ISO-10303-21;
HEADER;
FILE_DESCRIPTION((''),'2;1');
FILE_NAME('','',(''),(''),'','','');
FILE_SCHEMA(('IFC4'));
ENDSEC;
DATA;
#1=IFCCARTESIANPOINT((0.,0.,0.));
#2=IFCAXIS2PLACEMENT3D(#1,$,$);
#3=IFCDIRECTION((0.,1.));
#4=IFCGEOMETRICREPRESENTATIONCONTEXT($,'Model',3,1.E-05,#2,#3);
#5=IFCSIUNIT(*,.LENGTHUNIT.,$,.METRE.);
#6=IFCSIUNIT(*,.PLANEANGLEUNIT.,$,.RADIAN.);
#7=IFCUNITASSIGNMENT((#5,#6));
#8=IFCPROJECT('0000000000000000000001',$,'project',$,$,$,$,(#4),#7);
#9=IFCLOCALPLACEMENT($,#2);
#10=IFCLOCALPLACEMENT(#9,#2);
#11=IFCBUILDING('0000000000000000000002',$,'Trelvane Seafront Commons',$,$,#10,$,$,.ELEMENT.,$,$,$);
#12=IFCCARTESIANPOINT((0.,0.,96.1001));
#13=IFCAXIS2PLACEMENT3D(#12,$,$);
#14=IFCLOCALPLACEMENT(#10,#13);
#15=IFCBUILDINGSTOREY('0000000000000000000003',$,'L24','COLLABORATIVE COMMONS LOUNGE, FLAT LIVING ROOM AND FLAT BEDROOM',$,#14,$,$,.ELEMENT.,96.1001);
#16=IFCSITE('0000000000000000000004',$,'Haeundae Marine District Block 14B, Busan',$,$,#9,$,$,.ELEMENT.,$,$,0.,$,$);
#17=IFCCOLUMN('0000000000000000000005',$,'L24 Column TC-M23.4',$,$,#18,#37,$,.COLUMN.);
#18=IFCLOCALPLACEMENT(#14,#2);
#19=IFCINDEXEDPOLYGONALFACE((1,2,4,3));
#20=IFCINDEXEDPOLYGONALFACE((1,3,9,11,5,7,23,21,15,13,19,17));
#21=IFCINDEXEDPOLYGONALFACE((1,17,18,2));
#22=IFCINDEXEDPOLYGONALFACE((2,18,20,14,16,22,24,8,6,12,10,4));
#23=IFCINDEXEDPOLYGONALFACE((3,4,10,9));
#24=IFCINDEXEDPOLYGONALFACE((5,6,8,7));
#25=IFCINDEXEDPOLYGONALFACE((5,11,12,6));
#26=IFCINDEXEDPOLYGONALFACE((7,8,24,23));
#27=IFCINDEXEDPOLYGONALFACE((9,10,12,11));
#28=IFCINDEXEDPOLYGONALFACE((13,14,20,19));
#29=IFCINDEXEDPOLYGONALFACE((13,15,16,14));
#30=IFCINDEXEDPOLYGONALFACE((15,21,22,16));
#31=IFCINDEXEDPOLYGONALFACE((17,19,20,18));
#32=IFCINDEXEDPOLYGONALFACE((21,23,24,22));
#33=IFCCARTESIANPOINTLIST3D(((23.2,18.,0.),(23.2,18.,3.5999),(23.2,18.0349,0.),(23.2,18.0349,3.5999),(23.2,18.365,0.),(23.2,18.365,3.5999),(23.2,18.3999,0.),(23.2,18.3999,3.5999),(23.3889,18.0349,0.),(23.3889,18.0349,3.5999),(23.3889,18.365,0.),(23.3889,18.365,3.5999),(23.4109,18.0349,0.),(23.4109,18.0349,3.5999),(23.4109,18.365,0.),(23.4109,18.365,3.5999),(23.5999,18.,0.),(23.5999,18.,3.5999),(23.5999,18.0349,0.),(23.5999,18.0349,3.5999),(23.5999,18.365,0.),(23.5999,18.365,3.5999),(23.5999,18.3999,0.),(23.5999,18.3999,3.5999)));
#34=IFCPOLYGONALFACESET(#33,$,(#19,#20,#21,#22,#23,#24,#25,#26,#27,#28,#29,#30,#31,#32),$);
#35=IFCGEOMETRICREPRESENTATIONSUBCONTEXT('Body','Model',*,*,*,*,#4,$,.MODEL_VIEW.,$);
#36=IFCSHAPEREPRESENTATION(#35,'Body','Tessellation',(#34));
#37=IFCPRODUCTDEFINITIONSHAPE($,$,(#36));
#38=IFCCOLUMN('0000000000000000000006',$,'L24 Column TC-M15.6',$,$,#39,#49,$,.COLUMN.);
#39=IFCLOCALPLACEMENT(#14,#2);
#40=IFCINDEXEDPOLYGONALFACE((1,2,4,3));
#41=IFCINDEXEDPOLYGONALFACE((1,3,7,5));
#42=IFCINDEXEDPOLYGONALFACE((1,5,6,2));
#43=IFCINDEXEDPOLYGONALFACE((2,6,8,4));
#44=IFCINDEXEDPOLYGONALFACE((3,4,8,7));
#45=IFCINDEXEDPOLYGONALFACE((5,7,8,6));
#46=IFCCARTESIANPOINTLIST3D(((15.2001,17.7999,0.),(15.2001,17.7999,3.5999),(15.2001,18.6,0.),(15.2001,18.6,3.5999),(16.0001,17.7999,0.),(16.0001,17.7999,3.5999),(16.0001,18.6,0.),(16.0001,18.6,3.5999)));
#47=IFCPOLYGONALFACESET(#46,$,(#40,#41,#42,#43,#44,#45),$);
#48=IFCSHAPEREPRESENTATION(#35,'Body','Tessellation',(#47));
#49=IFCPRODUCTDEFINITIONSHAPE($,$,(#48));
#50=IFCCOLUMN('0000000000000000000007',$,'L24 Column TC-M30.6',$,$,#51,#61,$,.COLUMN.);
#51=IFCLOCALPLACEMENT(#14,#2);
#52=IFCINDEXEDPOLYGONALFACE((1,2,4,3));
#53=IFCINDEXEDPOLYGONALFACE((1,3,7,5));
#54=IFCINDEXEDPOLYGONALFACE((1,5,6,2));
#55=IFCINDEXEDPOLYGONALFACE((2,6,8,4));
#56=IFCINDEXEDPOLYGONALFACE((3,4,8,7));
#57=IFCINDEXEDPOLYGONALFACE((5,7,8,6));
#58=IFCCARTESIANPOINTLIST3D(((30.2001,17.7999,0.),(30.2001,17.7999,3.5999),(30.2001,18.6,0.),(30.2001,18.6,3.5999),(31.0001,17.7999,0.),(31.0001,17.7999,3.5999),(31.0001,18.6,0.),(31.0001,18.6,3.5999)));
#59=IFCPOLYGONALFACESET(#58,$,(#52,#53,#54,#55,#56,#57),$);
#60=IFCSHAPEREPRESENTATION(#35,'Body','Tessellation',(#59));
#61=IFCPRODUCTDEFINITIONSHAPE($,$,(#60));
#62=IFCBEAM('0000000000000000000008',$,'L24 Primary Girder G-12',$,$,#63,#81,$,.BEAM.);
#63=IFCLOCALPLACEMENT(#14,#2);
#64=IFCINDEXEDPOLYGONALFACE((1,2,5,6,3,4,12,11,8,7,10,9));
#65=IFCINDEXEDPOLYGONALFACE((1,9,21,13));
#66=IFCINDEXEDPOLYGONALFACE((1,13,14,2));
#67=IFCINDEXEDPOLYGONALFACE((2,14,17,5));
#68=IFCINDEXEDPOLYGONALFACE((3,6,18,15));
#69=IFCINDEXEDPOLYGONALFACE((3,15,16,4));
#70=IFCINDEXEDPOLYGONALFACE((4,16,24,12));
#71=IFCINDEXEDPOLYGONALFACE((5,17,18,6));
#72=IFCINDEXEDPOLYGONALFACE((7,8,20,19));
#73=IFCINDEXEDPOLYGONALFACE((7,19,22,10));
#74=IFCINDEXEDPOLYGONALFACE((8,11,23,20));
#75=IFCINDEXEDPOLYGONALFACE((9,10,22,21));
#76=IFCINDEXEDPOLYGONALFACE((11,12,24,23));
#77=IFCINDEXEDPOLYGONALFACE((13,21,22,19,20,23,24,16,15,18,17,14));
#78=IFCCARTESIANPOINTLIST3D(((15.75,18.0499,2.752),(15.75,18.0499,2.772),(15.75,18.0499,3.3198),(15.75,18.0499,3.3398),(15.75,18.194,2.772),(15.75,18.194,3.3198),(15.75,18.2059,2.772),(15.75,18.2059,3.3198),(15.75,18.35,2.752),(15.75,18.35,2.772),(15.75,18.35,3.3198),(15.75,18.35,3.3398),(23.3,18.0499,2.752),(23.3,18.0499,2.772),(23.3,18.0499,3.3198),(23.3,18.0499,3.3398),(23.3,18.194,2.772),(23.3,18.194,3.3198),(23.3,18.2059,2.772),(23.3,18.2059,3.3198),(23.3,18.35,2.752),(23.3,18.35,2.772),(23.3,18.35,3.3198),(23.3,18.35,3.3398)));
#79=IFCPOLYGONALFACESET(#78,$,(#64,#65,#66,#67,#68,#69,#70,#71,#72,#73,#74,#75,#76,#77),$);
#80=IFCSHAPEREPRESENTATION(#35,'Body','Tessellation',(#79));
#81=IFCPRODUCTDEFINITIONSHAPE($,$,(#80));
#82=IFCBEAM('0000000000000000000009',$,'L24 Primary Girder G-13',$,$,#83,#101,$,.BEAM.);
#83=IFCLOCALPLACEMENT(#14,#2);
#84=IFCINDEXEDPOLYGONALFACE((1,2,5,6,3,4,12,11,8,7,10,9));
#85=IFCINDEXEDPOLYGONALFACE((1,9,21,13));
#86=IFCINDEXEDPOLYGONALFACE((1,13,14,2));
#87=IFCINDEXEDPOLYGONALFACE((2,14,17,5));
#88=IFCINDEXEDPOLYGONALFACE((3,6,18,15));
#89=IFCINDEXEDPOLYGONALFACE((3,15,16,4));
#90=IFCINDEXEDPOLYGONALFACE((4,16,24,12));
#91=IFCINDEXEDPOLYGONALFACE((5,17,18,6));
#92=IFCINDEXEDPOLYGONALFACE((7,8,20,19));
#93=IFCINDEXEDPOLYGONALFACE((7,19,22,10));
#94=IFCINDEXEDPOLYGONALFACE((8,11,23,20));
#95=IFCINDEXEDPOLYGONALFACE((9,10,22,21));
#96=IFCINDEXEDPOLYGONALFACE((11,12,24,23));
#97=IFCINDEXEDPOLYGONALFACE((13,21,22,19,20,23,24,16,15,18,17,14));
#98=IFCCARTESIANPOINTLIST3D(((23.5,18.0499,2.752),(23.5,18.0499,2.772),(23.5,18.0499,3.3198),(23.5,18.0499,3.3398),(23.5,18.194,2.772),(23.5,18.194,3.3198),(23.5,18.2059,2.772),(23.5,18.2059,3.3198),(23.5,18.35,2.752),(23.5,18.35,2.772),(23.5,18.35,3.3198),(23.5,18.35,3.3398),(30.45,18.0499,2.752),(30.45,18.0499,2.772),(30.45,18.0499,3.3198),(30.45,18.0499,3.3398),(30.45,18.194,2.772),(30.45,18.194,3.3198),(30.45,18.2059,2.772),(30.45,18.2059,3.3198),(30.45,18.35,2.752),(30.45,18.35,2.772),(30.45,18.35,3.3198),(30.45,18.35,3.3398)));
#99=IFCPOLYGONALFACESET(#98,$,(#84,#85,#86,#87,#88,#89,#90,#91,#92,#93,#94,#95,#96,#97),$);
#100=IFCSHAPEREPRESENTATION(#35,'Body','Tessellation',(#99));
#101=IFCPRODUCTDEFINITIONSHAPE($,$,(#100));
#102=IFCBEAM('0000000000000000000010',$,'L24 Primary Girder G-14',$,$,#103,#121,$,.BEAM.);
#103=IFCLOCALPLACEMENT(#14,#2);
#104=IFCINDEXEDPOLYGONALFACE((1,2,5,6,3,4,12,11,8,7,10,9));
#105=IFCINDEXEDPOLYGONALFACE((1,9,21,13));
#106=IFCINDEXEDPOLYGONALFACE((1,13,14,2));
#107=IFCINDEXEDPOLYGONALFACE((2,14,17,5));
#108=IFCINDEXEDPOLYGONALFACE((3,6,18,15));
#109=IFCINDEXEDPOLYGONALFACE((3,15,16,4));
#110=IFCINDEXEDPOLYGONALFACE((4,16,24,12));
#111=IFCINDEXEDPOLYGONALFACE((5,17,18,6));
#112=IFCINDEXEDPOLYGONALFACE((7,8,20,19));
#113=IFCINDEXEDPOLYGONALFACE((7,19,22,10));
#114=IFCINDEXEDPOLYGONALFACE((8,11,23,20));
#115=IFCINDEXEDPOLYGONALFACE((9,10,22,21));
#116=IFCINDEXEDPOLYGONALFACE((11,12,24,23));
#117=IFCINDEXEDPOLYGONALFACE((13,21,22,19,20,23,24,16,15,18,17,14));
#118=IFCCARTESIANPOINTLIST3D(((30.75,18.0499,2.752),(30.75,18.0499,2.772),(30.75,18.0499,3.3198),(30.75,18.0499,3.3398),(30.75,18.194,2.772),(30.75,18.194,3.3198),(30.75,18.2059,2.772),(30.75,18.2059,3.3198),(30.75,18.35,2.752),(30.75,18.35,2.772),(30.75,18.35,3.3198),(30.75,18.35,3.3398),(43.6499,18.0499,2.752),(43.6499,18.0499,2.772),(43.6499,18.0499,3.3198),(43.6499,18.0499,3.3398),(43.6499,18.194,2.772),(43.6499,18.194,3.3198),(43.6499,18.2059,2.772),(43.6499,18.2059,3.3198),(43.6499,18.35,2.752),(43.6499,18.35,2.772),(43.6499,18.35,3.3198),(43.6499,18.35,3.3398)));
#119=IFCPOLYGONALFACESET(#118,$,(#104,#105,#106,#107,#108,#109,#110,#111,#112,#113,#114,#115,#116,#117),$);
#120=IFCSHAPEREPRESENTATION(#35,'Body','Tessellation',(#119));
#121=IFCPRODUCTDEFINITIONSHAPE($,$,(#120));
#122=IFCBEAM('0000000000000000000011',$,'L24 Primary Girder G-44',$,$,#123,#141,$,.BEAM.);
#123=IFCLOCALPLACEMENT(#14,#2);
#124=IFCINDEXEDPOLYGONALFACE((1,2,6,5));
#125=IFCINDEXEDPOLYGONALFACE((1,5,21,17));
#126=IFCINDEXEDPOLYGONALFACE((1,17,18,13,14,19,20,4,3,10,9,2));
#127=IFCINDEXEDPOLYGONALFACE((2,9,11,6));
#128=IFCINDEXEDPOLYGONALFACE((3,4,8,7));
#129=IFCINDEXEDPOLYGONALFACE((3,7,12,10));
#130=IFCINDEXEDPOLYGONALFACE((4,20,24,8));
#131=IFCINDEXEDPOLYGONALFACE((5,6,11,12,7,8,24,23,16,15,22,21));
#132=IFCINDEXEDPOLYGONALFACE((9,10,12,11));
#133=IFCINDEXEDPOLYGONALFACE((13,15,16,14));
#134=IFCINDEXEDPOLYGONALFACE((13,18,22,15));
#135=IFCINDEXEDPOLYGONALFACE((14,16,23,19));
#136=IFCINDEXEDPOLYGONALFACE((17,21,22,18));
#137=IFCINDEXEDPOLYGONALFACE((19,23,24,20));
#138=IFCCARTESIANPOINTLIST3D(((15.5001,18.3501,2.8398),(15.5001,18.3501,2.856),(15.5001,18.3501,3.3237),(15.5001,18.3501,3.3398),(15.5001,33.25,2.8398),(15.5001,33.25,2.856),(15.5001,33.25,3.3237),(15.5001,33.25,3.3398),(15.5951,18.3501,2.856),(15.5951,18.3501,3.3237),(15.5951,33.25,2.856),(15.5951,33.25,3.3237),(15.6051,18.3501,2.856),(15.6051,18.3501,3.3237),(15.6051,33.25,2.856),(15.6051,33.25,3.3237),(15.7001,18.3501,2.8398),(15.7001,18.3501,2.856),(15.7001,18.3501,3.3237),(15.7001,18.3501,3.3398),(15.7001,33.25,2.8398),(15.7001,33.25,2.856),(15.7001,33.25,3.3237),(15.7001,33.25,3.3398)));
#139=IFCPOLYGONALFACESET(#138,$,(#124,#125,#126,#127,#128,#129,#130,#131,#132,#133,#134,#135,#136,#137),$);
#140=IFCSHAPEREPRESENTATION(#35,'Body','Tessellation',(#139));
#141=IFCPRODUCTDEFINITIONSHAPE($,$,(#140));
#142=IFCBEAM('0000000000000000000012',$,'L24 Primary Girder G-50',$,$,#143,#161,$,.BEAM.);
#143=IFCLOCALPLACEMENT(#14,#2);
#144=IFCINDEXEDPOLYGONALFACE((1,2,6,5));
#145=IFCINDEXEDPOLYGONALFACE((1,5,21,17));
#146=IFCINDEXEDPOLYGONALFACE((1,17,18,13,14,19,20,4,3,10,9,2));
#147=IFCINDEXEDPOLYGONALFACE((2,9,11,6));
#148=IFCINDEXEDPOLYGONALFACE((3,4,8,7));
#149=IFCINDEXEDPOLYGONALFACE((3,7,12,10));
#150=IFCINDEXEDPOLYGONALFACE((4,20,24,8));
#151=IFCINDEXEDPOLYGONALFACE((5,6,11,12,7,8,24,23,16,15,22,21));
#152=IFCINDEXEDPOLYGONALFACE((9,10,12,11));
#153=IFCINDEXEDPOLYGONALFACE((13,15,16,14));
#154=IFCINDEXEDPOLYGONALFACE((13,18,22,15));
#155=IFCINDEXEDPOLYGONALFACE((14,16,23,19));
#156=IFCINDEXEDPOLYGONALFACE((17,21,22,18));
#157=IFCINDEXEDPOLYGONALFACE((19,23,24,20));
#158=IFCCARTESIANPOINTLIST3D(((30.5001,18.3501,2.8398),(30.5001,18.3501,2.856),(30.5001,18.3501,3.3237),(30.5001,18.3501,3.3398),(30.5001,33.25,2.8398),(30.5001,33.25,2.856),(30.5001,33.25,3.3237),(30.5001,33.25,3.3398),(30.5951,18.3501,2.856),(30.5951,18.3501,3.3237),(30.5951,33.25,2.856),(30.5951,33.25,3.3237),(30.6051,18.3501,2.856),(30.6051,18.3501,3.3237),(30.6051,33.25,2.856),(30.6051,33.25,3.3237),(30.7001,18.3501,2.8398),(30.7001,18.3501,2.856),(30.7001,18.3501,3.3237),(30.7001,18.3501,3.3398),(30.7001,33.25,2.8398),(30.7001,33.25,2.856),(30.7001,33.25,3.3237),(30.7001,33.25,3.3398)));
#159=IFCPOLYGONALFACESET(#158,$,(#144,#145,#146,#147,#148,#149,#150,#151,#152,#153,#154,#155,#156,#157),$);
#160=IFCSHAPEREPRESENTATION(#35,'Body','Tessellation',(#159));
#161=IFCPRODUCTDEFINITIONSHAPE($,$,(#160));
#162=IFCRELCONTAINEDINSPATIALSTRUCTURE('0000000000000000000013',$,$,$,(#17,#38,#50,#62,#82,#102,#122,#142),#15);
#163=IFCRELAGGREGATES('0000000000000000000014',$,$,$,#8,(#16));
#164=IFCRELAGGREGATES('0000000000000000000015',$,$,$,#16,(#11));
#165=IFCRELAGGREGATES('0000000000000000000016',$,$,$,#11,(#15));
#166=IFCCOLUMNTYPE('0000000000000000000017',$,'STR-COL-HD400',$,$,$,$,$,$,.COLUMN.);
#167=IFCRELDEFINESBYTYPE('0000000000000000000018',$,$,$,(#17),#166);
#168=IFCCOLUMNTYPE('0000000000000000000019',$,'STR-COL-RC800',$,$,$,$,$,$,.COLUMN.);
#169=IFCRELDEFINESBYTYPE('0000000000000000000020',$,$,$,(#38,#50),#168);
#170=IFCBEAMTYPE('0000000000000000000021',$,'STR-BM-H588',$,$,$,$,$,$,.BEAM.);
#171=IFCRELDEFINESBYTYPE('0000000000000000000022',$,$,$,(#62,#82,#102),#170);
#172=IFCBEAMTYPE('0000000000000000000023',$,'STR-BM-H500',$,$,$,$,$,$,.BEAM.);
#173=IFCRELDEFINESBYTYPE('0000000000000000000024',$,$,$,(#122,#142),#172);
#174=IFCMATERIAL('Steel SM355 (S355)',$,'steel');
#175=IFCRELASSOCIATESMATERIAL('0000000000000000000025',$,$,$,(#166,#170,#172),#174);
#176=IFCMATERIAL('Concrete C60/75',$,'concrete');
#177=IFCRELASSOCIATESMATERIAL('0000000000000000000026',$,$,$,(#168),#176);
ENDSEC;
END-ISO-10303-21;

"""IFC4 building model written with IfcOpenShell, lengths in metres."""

from ifc_helpers import new_model, si_unit, direction, frame, origin, origin_2d, place, context, subcontext, project, spatial, rectangle, i_section, extrude, source, transform, mapped, material, material_profile, profile_set, type_object, element, save


model = new_model("IFC4")

# Units and contexts
model_context = context("Model", 3, precision=1e-05, world=origin(), true_north=direction((0.0, 1.0)))
body_context = subcontext(model_context, "Body", "Model", "MODEL_VIEW")
ifc_project = project(units=[si_unit("LENGTHUNIT", "METRE"), si_unit("PLANEANGLEUNIT", "RADIAN")], contexts=[model_context])

# Site, building, storey
site_placement = place(None, origin())
site = spatial("IfcSite", under=ifc_project, at=site_placement, Name="Haeundae Marine District Block 14B, Busan", CompositionType="ELEMENT", RefElevation=0.0)
building_placement = place(site_placement, origin())
building = spatial("IfcBuilding", under=site, at=building_placement, Name="Trelvane Seafront Commons", CompositionType="ELEMENT")
storey_placement = place(building_placement, frame((0.0, 0.0, 96.1001)))
storey = spatial("IfcBuildingStorey", under=building, at=storey_placement, Name="L24", Description="COLLABORATIVE COMMONS LOUNGE, FLAT LIVING ROOM AND FLAT BEDROOM", CompositionType="ELEMENT", Elevation=96.1001)

# Columns
ifc_material_1 = material(Name="Steel SM355 (S355)", Category="steel")
ifc_material_profile_1 = material_profile(ifc_material_1, i_section(OverallWidth=0.3999, OverallDepth=0.3999, WebThickness=0.022, FlangeThickness=0.0349, at=origin_2d()), Name="HD-400x400x22x35")
ifc_profile_set_1 = profile_set([ifc_material_profile_1], Name="Steel SM355 (S355)")
column_type_1 = type_object("IfcColumnType", Name="STR-COL-HD400", PredefinedType="COLUMN", material=ifc_profile_set_1)
shared_shape_1 = source(origin(), body_context, "Body", "SweptSolid", [
    extrude(i_section(OverallWidth=0.3999, OverallDepth=0.3999, WebThickness=0.022, FlangeThickness=0.0349, at=origin_2d()), origin(), (0.0, 0.0, 1.0), 3.5999),
])
column_placement = place(storey_placement, frame((23.3999, 18.2, 0.0), z_axis=(0.0, 0.0, 1.0), x_axis=(1.0, 0.0, 0.0)))
element("IfcColumn", 1, at=column_placement, inside=storey, type_object=column_type_1, Name="L24 Column TC-M23.4", PredefinedType="COLUMN", context=body_context, shape_type="MappedRepresentation", body=[
    mapped(shared_shape_1, transform((0.0, 0.0, 0.0), x_axis=(1.0, 0.0, 0.0), y_axis=(0.0, 1.0, 0.0), z_axis=(0.0, 0.0, 1.0), scale=1.0)),
])
ifc_material_2 = material(Name="Concrete C60/75", Category="concrete")
ifc_material_profile_2 = material_profile(ifc_material_2, rectangle(XDim=0.8, YDim=0.8, at=origin_2d()), Name="RC-800x800")
ifc_profile_set_2 = profile_set([ifc_material_profile_2], Name="Concrete C60/75")
column_type_2 = type_object("IfcColumnType", Name="STR-COL-RC800", PredefinedType="COLUMN", material=ifc_profile_set_2)
shared_shape_2 = source(origin(), body_context, "Body", "SweptSolid", [
    extrude(rectangle(XDim=0.8, YDim=0.8, at=origin_2d()), origin(), (0.0, 0.0, 1.0), 3.5999),
])
for number, where, z_axis, x_axis, name in (
    (2, (15.6001, 18.2, 0.0), (0.0, 0.0, 1.0), (1.0, 0.0, 0.0), "L24 Column TC-M15.6"),
    (3, (30.6001, 18.2, 0.0), (0.0, 0.0, 1.0), (1.0, 0.0, 0.0), "L24 Column TC-M30.6"),
):
    element("IfcColumn", number, at=place(storey_placement, frame(where, z_axis=z_axis, x_axis=x_axis)), inside=storey, type_object=column_type_2, Name=name, PredefinedType="COLUMN", context=body_context, shape_type="MappedRepresentation", body=[
        mapped(shared_shape_2, transform((0.0, 0.0, 0.0), x_axis=(1.0, 0.0, 0.0), y_axis=(0.0, 1.0, 0.0), z_axis=(0.0, 0.0, 1.0), scale=1.0)),
    ])

# Beams
ifc_material_profile_3 = material_profile(ifc_material_1, i_section(OverallWidth=0.3, OverallDepth=0.5879, WebThickness=0.012, FlangeThickness=0.02, at=origin_2d()), Name="H-588x300x12x20")
ifc_profile_set_3 = profile_set([ifc_material_profile_3], Name="Steel SM355 (S355)")
beam_type_1 = type_object("IfcBeamType", Name="STR-BM-H588", PredefinedType="BEAM", material=ifc_profile_set_3)
shared_shape_3 = source(origin(), body_context, "Body", "SweptSolid", [
    extrude(i_section(OverallWidth=0.3, OverallDepth=0.5879, WebThickness=0.012, FlangeThickness=0.02, at=origin_2d()), origin(), (0.0, 0.0, 1.0), 7.55),
])
beam_1_placement = place(storey_placement, frame((15.75, 18.2, 3.0459), z_axis=(1.0, 0.0, 0.0), x_axis=(0.0, 1.0, 0.0)))
element("IfcBeam", 4, at=beam_1_placement, inside=storey, type_object=beam_type_1, Name="L24 Primary Girder G-12", PredefinedType="BEAM", context=body_context, shape_type="MappedRepresentation", body=[
    mapped(shared_shape_3, transform((0.0, 0.0, 0.0), x_axis=(1.0, 0.0, 0.0), y_axis=(0.0, 1.0, 0.0), z_axis=(0.0, 0.0, 1.0), scale=1.0)),
])
shared_shape_4 = source(origin(), body_context, "Body", "SweptSolid", [
    extrude(i_section(OverallWidth=0.3, OverallDepth=0.5879, WebThickness=0.012, FlangeThickness=0.02, at=origin_2d()), origin(), (0.0, 0.0, 1.0), 6.95),
])
beam_2_placement = place(storey_placement, frame((23.5, 18.2, 3.0459), z_axis=(1.0, 0.0, 0.0), x_axis=(0.0, 1.0, 0.0)))
element("IfcBeam", 5, at=beam_2_placement, inside=storey, type_object=beam_type_1, Name="L24 Primary Girder G-13", PredefinedType="BEAM", context=body_context, shape_type="MappedRepresentation", body=[
    mapped(shared_shape_4, transform((0.0, 0.0, 0.0), x_axis=(1.0, 0.0, 0.0), y_axis=(0.0, 1.0, 0.0), z_axis=(0.0, 0.0, 1.0), scale=1.0)),
])
shared_shape_5 = source(origin(), body_context, "Body", "SweptSolid", [
    extrude(i_section(OverallWidth=0.3, OverallDepth=0.5879, WebThickness=0.012, FlangeThickness=0.02, at=origin_2d()), origin(), (0.0, 0.0, 1.0), 12.8999),
])
beam_3_placement = place(storey_placement, frame((30.75, 18.2, 3.0459), z_axis=(1.0, 0.0, 0.0), x_axis=(0.0, 1.0, 0.0)))
element("IfcBeam", 6, at=beam_3_placement, inside=storey, type_object=beam_type_1, Name="L24 Primary Girder G-14", PredefinedType="BEAM", context=body_context, shape_type="MappedRepresentation", body=[
    mapped(shared_shape_5, transform((0.0, 0.0, 0.0), x_axis=(1.0, 0.0, 0.0), y_axis=(0.0, 1.0, 0.0), z_axis=(0.0, 0.0, 1.0), scale=1.0)),
])
ifc_material_profile_4 = material_profile(ifc_material_1, i_section(OverallWidth=0.2, OverallDepth=0.5, WebThickness=0.01, FlangeThickness=0.0161, at=origin_2d()), Name="H-500x200x10x16")
ifc_profile_set_4 = profile_set([ifc_material_profile_4], Name="Steel SM355 (S355)")
beam_type_2 = type_object("IfcBeamType", Name="STR-BM-H500", PredefinedType="BEAM", material=ifc_profile_set_4)
shared_shape_6 = source(origin(), body_context, "Body", "SweptSolid", [
    extrude(i_section(OverallWidth=0.2, OverallDepth=0.5, WebThickness=0.01, FlangeThickness=0.0161, at=origin_2d()), origin(), (0.0, 0.0, 1.0), 14.8999),
])
for number, where, z_axis, x_axis, name in (
    (7, (15.6001, 18.3501, 3.0898), (0.0, 1.0, 0.0), (-1.0, 0.0, 0.0), "L24 Primary Girder G-44"),
    (8, (30.6001, 18.3501, 3.0898), (0.0, 1.0, 0.0), (-1.0, 0.0, 0.0), "L24 Primary Girder G-50"),
):
    element("IfcBeam", number, at=place(storey_placement, frame(where, z_axis=z_axis, x_axis=x_axis)), inside=storey, type_object=beam_type_2, Name=name, PredefinedType="BEAM", context=body_context, shape_type="MappedRepresentation", body=[
        mapped(shared_shape_6, transform((0.0, 0.0, 0.0), x_axis=(1.0, 0.0, 0.0), y_axis=(0.0, 1.0, 0.0), z_axis=(0.0, 0.0, 1.0), scale=1.0)),
    ])

save(model, "model.ifc")
